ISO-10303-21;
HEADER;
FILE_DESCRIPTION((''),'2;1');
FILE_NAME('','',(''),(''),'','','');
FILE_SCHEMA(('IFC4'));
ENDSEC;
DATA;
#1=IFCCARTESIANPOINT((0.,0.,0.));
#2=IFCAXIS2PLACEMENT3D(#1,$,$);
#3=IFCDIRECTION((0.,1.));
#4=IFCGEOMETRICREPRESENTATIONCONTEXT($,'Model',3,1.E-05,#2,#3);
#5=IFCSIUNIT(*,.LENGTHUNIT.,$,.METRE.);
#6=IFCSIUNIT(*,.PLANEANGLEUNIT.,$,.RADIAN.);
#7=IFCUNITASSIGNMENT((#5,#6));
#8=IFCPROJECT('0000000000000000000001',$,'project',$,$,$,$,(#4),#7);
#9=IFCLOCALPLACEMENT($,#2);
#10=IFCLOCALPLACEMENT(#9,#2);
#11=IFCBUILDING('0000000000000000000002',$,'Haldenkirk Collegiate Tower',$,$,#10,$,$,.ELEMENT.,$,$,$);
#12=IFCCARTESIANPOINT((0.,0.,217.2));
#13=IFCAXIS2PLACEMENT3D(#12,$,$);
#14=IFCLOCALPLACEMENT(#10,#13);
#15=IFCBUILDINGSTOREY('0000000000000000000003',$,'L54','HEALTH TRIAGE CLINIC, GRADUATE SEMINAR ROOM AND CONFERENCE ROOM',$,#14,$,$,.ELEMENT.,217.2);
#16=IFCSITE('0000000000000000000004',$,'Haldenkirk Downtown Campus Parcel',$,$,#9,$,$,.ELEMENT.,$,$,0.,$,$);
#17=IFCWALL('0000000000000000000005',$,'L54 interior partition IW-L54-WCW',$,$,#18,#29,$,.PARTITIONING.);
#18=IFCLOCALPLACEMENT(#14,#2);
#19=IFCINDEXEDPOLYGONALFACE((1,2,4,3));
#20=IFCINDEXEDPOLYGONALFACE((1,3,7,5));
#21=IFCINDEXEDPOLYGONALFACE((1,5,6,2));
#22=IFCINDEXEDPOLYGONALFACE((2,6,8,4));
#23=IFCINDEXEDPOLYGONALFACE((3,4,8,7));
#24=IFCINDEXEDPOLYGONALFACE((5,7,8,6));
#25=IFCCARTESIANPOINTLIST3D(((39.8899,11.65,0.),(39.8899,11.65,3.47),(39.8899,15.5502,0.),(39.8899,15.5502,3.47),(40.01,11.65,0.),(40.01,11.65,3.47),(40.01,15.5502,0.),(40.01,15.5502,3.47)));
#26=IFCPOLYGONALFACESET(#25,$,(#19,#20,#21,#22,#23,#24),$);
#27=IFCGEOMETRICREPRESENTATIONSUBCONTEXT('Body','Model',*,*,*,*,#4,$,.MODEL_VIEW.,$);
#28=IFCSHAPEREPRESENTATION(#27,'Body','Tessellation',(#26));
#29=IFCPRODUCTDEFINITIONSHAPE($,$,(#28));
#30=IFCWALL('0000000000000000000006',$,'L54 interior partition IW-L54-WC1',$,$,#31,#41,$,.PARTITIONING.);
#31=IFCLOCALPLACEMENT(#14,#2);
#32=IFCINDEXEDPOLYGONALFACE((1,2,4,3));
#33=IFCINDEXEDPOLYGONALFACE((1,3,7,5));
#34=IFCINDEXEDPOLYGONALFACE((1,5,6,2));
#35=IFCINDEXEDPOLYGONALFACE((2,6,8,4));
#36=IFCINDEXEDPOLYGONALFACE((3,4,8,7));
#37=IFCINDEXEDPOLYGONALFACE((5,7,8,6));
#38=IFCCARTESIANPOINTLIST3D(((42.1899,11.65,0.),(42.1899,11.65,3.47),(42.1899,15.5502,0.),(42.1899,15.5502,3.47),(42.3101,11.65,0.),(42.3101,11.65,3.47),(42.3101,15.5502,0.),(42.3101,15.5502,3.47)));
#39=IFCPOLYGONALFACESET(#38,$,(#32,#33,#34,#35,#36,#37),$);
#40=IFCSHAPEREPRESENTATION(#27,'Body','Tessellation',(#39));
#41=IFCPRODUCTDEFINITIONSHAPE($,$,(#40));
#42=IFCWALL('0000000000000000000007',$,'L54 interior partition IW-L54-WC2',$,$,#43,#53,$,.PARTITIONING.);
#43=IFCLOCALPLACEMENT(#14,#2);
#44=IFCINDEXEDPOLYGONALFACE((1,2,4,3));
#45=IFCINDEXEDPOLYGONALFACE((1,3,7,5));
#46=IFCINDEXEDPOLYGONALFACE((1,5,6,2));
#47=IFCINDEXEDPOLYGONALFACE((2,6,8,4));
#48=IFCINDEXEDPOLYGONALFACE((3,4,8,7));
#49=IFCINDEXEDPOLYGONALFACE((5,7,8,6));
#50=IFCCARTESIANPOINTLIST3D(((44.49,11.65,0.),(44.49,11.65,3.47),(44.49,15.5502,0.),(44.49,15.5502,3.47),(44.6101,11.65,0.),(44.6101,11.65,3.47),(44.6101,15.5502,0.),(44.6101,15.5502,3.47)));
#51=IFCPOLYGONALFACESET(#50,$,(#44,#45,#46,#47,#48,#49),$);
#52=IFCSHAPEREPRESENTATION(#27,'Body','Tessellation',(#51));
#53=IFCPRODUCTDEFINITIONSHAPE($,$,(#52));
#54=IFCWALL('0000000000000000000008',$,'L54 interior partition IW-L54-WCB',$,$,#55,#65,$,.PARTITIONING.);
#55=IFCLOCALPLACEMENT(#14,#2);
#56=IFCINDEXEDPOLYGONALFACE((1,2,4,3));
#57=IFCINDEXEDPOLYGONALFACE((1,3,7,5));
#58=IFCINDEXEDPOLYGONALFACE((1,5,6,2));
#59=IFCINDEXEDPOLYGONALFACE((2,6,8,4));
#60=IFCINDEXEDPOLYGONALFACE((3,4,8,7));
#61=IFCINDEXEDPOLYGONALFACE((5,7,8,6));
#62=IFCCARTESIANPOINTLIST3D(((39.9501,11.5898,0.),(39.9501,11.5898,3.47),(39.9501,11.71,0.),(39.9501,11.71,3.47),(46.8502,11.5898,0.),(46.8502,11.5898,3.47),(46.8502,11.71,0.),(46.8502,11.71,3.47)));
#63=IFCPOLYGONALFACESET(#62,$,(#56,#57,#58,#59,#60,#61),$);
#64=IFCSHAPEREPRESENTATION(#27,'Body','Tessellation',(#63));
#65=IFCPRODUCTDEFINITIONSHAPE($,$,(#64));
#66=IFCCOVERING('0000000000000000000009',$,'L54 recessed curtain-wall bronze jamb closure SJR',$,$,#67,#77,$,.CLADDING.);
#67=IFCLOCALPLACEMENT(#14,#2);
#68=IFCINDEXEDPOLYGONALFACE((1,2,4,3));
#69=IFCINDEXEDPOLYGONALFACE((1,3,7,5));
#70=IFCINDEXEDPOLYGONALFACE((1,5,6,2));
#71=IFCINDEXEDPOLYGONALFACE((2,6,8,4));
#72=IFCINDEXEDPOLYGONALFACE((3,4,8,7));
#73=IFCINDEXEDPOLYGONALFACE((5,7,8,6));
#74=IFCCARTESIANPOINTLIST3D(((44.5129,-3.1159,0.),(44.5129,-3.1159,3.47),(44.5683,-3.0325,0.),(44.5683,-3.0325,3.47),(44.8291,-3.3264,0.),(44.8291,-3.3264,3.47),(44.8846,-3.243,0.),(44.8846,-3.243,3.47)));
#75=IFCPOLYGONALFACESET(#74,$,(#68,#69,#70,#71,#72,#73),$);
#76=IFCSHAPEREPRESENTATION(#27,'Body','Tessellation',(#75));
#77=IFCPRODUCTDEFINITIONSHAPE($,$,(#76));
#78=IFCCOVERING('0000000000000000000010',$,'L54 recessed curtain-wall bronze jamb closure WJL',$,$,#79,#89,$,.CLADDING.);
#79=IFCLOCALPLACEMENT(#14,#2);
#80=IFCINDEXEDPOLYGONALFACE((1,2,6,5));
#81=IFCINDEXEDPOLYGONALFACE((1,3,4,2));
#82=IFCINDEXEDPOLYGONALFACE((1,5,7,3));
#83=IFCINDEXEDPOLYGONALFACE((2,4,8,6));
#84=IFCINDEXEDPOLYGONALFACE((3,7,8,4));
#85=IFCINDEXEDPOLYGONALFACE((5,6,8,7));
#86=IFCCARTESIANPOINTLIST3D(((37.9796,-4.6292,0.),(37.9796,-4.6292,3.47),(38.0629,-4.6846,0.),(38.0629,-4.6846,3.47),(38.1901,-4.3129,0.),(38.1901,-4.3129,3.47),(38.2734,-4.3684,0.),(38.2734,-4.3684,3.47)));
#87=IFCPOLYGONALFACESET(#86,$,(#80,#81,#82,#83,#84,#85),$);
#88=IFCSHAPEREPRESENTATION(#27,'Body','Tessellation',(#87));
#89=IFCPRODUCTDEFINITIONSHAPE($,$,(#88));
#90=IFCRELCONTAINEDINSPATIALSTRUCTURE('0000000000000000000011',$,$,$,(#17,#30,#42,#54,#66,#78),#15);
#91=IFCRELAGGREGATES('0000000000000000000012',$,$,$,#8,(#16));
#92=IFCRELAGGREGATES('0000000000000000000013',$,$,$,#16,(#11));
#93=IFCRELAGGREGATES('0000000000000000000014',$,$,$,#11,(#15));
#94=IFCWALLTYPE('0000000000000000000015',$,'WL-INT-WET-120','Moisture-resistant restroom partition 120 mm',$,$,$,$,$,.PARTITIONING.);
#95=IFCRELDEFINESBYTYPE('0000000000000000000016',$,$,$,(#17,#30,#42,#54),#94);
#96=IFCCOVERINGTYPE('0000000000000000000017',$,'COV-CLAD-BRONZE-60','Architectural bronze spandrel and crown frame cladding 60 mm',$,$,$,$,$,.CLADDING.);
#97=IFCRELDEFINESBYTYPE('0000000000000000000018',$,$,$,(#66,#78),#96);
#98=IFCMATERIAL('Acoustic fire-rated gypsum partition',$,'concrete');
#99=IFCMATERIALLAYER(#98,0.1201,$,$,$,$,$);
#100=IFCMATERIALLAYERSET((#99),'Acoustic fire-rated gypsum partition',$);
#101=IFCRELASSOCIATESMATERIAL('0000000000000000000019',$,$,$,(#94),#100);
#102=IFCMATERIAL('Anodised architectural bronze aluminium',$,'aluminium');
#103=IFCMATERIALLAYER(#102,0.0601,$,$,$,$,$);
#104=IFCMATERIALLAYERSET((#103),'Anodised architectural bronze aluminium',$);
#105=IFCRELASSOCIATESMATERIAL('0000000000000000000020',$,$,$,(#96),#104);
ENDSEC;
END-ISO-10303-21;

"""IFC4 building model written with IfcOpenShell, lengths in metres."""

from ifc_helpers import new_model, si_unit, direction, frame, frame_2d, origin, origin_2d, place, context, subcontext, project, spatial, rectangle, extrude, source, transform, mapped, material, layer, layer_set, type_object, element, save


model = new_model("IFC4")

# Units and contexts
model_context = context("Model", 3, precision=1e-05, world=origin(), true_north=direction((0.0, 1.0)))
body_context = subcontext(model_context, "Body", "Model", "MODEL_VIEW")
ifc_project = project(units=[si_unit("LENGTHUNIT", "METRE"), si_unit("PLANEANGLEUNIT", "RADIAN")], contexts=[model_context])

# Site, building, storey
site_placement = place(None, origin())
site = spatial("IfcSite", under=ifc_project, at=site_placement, Name="Haldenkirk Downtown Campus Parcel", CompositionType="ELEMENT", RefElevation=0.0)
building_placement = place(site_placement, origin())
building = spatial("IfcBuilding", under=site, at=building_placement, Name="Haldenkirk Collegiate Tower", CompositionType="ELEMENT")
storey_placement = place(building_placement, frame((0.0, 0.0, 217.2)))
storey = spatial("IfcBuildingStorey", under=building, at=storey_placement, Name="L54", Description="HEALTH TRIAGE CLINIC, GRADUATE SEMINAR ROOM AND CONFERENCE ROOM", CompositionType="ELEMENT", Elevation=217.2)

# Shared definitions
ifc_material_1 = material(Name="Anodised architectural bronze aluminium", Category="aluminium")

# Walls
ifc_material_2 = material(Name="Acoustic fire-rated gypsum partition", Category="concrete")
ifc_layer_1 = layer(ifc_material_2, 0.1201)
ifc_layer_set_1 = layer_set([ifc_layer_1], Name="Acoustic fire-rated gypsum partition")
wall_type_1 = type_object("IfcWallType", Name="WL-INT-WET-120", Description="Moisture-resistant restroom partition 120 mm", PredefinedType="PARTITIONING", material=ifc_layer_set_1)
for number, where, z_axis, x_axis, name in (
    (1, (39.95, 11.6499, 0.0), (0.0, 0.0, 1.0), (0.0, 1.0, 0.0), "L54 interior partition IW-L54-WCW"),
    (2, (42.25, 11.6499, 0.0), (0.0, 0.0, 1.0), (0.0, 1.0, 0.0), "L54 interior partition IW-L54-WC1"),
    (3, (44.55, 11.6499, 0.0), (0.0, 0.0, 1.0), (0.0, 1.0, 0.0), "L54 interior partition IW-L54-WC2"),
):
    element("IfcWall", number, at=place(storey_placement, frame(where, z_axis=z_axis, x_axis=x_axis)), inside=storey, type_object=wall_type_1, Name=name, PredefinedType="PARTITIONING", context=body_context, shape_type="SweptSolid", body=[
        extrude(rectangle(XDim=3.9001, YDim=0.1201, at=frame_2d((1.9502, 0.0))), origin(), (0.0, 0.0, 1.0), 3.47),
    ])
wall_1_placement = place(storey_placement, frame((39.95, 11.6499, 0.0), z_axis=(0.0, 0.0, 1.0), x_axis=(1.0, 0.0, 0.0)))
element("IfcWall", 4, at=wall_1_placement, inside=storey, type_object=wall_type_1, Name="L54 interior partition IW-L54-WCB", PredefinedType="PARTITIONING", context=body_context, shape_type="SweptSolid", body=[
    extrude(rectangle(XDim=6.9001, YDim=0.1201, at=frame_2d((3.4502, 0.0))), origin(), (0.0, 0.0, 1.0), 3.47),
])

# Coverings
ifc_layer_2 = layer(ifc_material_1, 0.0601)
ifc_layer_set_2 = layer_set([ifc_layer_2], Name="Anodised architectural bronze aluminium")
covering_type = type_object("IfcCoveringType", Name="COV-CLAD-BRONZE-60", Description="Architectural bronze spandrel and crown frame cladding 60 mm", PredefinedType="CLADDING", material=ifc_layer_set_2)
shared_shape_1 = source(origin(), body_context, "Body", "SweptSolid", [
    extrude(rectangle(XDim=0.1001, YDim=0.3799, at=origin_2d()), origin(), (0.0, 0.0, 1.0), 3.47),
])
for number, where, z_axis, x_axis, name in (
    (5, (44.6987, -3.1794, 0.0), (0.0, 0.0, 1.0), (-0.554118, -0.832438, 0.0), "L54 recessed curtain-wall bronze jamb closure SJR"),
    (6, (38.1265, -4.4988, 0.0), (0.0, 0.0, 1.0), (-0.832438, 0.554118, 0.0), "L54 recessed curtain-wall bronze jamb closure WJL"),
):
    element("IfcCovering", number, at=place(storey_placement, frame(where, z_axis=z_axis, x_axis=x_axis)), inside=storey, type_object=covering_type, Name=name, PredefinedType="CLADDING", context=body_context, shape_type="MappedRepresentation", body=[
        mapped(shared_shape_1, transform((0.0, 0.0, 0.0), x_axis=(1.0, 0.0, 0.0), y_axis=(0.0, 1.0, 0.0), z_axis=(0.0, 0.0, 1.0), scale=1.0)),
    ])

save(model, "model.ifc")
